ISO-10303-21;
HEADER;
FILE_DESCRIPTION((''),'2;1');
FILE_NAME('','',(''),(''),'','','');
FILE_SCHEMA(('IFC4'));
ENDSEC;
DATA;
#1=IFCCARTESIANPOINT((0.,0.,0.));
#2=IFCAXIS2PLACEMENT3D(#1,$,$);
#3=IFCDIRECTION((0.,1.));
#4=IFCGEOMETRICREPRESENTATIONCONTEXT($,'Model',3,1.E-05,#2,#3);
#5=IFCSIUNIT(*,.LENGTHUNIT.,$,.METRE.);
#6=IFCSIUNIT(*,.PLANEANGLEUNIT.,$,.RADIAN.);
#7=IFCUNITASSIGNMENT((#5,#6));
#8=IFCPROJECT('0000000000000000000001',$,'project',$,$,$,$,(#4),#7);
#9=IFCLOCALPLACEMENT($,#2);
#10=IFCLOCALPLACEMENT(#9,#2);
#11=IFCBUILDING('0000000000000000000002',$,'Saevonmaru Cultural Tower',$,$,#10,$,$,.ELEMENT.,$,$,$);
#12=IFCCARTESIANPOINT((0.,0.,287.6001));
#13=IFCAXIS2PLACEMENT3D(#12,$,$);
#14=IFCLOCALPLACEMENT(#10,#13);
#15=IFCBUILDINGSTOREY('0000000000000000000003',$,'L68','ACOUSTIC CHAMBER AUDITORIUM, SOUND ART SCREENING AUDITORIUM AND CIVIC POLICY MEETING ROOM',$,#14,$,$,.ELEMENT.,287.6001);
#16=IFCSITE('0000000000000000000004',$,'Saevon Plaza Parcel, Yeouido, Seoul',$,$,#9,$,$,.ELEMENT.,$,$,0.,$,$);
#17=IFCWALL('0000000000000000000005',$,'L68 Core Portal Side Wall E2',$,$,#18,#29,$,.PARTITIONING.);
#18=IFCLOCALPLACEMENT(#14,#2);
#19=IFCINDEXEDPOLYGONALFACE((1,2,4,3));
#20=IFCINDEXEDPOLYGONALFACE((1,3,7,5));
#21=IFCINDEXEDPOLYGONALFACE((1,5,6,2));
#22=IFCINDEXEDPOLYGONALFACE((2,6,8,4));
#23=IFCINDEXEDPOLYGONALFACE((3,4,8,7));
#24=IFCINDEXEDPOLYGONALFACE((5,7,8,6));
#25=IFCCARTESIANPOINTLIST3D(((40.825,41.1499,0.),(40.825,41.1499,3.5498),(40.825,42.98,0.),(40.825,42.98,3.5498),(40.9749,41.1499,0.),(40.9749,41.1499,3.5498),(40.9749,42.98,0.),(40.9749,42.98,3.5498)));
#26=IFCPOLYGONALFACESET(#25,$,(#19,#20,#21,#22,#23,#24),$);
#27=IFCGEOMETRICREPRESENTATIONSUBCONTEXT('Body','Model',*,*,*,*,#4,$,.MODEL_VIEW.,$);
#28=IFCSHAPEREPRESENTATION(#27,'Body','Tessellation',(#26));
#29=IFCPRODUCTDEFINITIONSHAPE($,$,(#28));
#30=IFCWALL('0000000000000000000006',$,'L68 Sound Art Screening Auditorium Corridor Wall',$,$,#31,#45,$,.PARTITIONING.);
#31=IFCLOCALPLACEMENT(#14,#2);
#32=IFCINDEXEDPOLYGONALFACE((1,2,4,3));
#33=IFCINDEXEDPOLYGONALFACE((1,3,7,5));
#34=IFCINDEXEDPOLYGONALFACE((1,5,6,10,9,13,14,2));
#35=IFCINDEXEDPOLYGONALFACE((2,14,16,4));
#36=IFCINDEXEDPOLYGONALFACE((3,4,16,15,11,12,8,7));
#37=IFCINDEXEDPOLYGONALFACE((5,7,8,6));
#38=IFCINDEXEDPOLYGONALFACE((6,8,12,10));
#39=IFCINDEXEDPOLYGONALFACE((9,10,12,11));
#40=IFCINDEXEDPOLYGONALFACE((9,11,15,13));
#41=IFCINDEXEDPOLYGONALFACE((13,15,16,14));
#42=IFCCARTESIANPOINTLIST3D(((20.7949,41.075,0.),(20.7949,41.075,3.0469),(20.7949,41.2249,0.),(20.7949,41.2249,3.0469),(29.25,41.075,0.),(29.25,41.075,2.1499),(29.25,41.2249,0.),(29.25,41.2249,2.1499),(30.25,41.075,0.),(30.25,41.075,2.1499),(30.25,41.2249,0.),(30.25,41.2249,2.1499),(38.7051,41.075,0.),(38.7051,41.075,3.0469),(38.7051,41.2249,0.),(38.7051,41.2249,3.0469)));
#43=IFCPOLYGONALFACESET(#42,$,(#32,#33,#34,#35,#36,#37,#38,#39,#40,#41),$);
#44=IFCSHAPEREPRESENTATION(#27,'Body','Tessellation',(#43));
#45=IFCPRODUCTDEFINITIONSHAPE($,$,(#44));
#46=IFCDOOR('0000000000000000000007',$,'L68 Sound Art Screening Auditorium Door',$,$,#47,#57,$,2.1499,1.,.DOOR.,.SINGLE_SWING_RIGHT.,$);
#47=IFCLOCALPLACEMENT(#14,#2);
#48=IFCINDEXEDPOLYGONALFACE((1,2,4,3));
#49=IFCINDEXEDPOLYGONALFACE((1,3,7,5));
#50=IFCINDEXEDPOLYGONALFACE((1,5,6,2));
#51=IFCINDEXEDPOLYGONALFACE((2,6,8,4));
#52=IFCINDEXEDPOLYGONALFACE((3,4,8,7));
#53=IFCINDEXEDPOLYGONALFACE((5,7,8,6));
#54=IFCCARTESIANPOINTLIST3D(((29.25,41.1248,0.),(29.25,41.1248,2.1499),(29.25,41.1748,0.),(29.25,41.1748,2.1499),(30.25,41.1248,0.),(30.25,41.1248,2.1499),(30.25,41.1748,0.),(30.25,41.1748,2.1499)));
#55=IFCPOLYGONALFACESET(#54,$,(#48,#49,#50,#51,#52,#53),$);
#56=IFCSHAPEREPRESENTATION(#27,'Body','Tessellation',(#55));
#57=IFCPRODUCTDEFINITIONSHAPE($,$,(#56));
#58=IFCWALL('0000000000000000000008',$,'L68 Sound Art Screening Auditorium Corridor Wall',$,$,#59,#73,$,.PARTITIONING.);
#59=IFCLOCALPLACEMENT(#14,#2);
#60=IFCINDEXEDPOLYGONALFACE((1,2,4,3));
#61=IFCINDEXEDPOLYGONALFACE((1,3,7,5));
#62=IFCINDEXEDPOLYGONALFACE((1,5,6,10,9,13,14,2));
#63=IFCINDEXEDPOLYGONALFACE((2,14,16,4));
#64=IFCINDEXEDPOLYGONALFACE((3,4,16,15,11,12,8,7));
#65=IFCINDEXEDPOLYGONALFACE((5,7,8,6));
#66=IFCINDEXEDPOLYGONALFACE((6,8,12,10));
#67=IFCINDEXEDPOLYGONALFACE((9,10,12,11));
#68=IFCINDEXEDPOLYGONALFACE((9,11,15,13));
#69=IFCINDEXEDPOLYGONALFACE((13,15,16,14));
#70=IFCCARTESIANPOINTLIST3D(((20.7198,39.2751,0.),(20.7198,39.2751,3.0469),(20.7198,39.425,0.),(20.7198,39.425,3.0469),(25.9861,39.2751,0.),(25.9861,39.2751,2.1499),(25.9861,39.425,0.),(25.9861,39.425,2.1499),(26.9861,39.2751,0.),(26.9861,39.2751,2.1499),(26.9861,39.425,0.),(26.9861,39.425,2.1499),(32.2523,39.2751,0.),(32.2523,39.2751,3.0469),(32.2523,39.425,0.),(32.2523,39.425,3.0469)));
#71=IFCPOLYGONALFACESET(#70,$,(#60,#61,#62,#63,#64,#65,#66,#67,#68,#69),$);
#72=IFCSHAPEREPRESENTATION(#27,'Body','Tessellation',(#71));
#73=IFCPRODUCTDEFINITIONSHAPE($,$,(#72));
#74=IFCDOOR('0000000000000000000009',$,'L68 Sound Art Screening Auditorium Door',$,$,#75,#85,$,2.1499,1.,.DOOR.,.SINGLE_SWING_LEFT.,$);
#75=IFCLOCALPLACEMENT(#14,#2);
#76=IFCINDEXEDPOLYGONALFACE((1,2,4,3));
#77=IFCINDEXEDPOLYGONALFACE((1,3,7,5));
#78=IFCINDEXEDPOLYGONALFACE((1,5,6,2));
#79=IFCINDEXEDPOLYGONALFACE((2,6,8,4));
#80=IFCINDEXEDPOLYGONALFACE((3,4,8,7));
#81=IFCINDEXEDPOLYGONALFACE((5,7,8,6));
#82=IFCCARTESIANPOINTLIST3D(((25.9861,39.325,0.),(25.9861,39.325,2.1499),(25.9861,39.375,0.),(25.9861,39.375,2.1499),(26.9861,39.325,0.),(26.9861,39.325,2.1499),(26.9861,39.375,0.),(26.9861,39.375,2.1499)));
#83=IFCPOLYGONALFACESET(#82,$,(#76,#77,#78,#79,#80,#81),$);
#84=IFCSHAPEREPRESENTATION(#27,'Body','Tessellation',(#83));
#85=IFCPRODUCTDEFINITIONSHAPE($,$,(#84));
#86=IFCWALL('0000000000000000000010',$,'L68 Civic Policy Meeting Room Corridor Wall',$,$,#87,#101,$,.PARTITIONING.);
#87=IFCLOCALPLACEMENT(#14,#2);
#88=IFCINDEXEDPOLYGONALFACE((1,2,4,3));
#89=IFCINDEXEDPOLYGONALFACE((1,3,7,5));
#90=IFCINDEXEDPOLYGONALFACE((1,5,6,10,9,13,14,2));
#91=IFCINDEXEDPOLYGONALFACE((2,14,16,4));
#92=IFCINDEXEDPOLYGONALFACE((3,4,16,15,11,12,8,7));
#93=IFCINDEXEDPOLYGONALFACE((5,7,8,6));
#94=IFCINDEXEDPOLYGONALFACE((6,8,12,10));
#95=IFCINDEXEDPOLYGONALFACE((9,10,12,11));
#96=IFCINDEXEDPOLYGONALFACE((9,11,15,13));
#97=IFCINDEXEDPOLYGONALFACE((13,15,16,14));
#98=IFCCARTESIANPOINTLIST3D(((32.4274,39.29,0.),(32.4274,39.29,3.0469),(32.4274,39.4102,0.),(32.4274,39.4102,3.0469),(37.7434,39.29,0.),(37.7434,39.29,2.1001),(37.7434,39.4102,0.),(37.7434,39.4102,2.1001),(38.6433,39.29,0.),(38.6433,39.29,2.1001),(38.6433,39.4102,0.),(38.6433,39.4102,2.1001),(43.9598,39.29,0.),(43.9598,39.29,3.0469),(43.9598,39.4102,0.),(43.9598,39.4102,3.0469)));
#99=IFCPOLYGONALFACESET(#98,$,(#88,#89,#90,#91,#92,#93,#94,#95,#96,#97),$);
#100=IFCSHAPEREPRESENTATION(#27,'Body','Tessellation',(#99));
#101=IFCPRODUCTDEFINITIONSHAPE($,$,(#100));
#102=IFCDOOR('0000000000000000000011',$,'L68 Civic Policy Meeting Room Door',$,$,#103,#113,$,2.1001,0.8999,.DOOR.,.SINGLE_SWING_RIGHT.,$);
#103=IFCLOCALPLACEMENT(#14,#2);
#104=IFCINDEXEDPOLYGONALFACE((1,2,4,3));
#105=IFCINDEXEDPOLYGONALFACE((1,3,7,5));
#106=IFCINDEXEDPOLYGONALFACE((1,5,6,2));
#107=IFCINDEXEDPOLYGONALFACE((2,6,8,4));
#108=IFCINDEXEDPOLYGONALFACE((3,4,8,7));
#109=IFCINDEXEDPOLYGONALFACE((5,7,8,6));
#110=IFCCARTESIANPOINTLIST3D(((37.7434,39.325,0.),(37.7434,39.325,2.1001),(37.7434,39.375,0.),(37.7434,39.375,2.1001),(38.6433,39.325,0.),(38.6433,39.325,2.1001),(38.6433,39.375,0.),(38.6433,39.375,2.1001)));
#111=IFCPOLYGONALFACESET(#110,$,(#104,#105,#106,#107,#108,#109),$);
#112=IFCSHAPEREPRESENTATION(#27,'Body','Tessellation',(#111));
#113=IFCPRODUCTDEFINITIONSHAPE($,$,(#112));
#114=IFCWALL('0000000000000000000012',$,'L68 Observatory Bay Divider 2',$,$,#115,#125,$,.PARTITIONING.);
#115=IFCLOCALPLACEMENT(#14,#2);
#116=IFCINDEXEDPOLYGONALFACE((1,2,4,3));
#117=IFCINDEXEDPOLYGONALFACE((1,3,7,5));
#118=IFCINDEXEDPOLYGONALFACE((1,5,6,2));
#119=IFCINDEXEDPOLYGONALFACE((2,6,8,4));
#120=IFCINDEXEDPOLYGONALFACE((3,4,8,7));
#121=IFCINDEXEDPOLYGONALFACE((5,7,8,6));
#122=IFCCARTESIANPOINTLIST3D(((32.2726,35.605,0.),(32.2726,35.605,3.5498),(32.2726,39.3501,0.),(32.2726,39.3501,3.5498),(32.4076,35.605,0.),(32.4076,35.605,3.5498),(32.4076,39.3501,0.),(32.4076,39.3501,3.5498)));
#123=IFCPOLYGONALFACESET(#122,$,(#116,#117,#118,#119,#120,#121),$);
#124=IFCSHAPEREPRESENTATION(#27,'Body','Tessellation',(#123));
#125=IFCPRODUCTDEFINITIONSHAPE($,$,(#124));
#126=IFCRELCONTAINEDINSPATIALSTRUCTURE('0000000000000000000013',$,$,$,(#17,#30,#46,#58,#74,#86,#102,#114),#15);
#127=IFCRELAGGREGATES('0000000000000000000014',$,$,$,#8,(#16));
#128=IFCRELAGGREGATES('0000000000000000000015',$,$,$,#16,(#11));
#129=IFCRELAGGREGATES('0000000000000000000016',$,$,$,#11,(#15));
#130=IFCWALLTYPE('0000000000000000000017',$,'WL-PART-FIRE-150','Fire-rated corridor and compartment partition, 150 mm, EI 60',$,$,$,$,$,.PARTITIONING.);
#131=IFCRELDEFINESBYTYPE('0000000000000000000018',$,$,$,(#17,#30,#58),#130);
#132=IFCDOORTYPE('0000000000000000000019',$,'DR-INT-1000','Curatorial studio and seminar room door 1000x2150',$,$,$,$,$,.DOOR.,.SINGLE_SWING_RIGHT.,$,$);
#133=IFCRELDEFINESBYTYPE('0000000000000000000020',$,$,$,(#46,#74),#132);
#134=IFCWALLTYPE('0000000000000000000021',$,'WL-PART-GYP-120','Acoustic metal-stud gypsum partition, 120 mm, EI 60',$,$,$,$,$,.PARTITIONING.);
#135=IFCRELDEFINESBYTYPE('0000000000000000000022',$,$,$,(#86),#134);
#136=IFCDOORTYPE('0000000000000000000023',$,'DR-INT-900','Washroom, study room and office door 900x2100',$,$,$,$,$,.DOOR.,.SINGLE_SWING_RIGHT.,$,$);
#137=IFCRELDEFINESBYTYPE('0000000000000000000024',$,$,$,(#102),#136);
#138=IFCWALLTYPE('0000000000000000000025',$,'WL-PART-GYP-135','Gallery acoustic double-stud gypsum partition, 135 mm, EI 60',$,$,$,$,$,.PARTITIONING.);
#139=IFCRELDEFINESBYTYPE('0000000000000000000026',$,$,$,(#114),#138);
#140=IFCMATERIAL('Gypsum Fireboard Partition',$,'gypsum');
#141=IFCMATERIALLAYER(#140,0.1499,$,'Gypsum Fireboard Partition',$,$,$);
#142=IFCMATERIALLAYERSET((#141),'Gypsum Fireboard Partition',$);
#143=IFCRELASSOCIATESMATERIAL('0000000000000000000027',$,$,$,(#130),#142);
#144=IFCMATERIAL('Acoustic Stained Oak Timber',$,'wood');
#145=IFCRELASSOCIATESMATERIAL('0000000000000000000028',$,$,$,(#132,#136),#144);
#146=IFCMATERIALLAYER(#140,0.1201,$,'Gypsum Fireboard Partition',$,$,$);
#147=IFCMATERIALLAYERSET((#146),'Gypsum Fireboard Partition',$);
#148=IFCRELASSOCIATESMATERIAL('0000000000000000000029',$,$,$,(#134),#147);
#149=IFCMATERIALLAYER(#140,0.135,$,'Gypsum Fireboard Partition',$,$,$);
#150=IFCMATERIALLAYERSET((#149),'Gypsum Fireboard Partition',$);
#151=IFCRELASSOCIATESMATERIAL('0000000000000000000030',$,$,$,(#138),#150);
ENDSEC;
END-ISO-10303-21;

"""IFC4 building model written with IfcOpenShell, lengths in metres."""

from ifc_helpers import new_model, si_unit, direction, frame, frame_2d, origin, place, context, subcontext, project, spatial, rectangle, extrude, material, layer, layer_set, type_object, element, fill, save


model = new_model("IFC4")

# Units and contexts
model_context = context("Model", 3, precision=1e-05, world=origin(), true_north=direction((0.0, 1.0)))
body_context = subcontext(model_context, "Body", "Model", "MODEL_VIEW")
ifc_project = project(units=[si_unit("LENGTHUNIT", "METRE"), si_unit("PLANEANGLEUNIT", "RADIAN")], contexts=[model_context])

# Site, building, storey
site_placement = place(None, origin())
site = spatial("IfcSite", under=ifc_project, at=site_placement, Name="Saevon Plaza Parcel, Yeouido, Seoul", CompositionType="ELEMENT", RefElevation=0.0)
building_placement = place(site_placement, origin())
building = spatial("IfcBuilding", under=site, at=building_placement, Name="Saevonmaru Cultural Tower", CompositionType="ELEMENT")
storey_placement = place(building_placement, frame((0.0, 0.0, 287.6001)))
storey = spatial("IfcBuildingStorey", under=building, at=storey_placement, Name="L68", Description="ACOUSTIC CHAMBER AUDITORIUM, SOUND ART SCREENING AUDITORIUM AND CIVIC POLICY MEETING ROOM", CompositionType="ELEMENT", Elevation=287.6001)

# Wall
ifc_material_1 = material(Name="Gypsum Fireboard Partition", Category="gypsum")
ifc_layer_1 = layer(ifc_material_1, 0.1499, Name="Gypsum Fireboard Partition")
ifc_layer_set_1 = layer_set([ifc_layer_1], Name="Gypsum Fireboard Partition")
wall_type_1 = type_object("IfcWallType", Name="WL-PART-FIRE-150", Description="Fire-rated corridor and compartment partition, 150 mm, EI 60", PredefinedType="PARTITIONING", material=ifc_layer_set_1)
for number, where, z_axis, x_axis, name in (
    (1, (40.8999, 41.1499, 0.0), (0.0, 0.0, 1.0), (0.0, 1.0, 0.0), "L68 Core Portal Side Wall E2"),
):
    element("IfcWall", number, at=place(storey_placement, frame(where, z_axis=z_axis, x_axis=x_axis)), inside=storey, type_object=wall_type_1, Name=name, PredefinedType="PARTITIONING", context=body_context, shape_type="SweptSolid", body=[
        extrude(rectangle(XDim=1.8301, YDim=0.1499, at=frame_2d((0.915, 0.0))), origin(), (0.0, 0.0, 1.0), 3.5498),
    ])

# Walls, openings, doors
wall_1_placement = place(storey_placement, frame((20.7949, 41.1499, 0.0), z_axis=(0.0, 0.0, 1.0), x_axis=(1.0, 0.0, 0.0)))
wall_1 = element("IfcWall", 2, at=wall_1_placement, inside=storey, type_object=wall_type_1, Name="L68 Sound Art Screening Auditorium Corridor Wall", PredefinedType="PARTITIONING", context=body_context, shape_type="SweptSolid", body=[
    extrude(rectangle(XDim=17.9102, YDim=0.1499, at=frame_2d((8.9551, 0.0))), origin(), (0.0, 0.0, 1.0), 3.0469),
])
opening_1_placement = place(wall_1_placement, frame((8.4551, 0.0, 0.0)))
opening_1 = element("IfcOpeningElement", 3, at=opening_1_placement, cuts=wall_1, PredefinedType="OPENING", context=body_context, shape_type="SweptSolid", body=[
    extrude(rectangle(XDim=1.0, YDim=2.1499, at=frame_2d((0.5, 1.075))), frame((0.0, 0.085, 0.0), z_axis=(0.0, -1.0, 0.0), x_axis=(1.0, 0.0, 0.0)), (0.0, 0.0, 1.0), 0.1699),
])
ifc_material_2 = material(Name="Acoustic Stained Oak Timber", Category="wood")
door_type_1 = type_object("IfcDoorType", Name="DR-INT-1000", Description="Curatorial studio and seminar room door 1000x2150", OperationType="SINGLE_SWING_RIGHT", PredefinedType="DOOR", material=ifc_material_2)
door_1_placement = place(opening_1_placement, origin())
door_1 = element("IfcDoor", 4, at=door_1_placement, inside=storey, type_object=door_type_1, Name="L68 Sound Art Screening Auditorium Door", OperationType="SINGLE_SWING_RIGHT", OverallHeight=2.1499, OverallWidth=1.0, PredefinedType="DOOR", context=body_context, shape_type="SweptSolid", body=[
    extrude(rectangle(XDim=1.0, YDim=2.1499, at=frame_2d((0.5, 1.075))), frame((0.0, 0.0249, 0.0), z_axis=(0.0, -1.0, 0.0), x_axis=(1.0, 0.0, 0.0)), (0.0, 0.0, 1.0), 0.05),
])
fill(opening_1, door_1)
wall_2_placement = place(storey_placement, frame((20.72, 39.3501, 0.0), z_axis=(0.0, 0.0, 1.0), x_axis=(1.0, 0.0, 0.0)))
wall_2 = element("IfcWall", 5, at=wall_2_placement, inside=storey, type_object=wall_type_1, Name="L68 Sound Art Screening Auditorium Corridor Wall", PredefinedType="PARTITIONING", context=body_context, shape_type="SweptSolid", body=[
    extrude(rectangle(XDim=11.5325, YDim=0.1499, at=frame_2d((5.7661, 0.0))), origin(), (0.0, 0.0, 1.0), 3.0469),
])
opening_2_placement = place(wall_2_placement, frame((5.2661, 0.0, 0.0)))
opening_2 = element("IfcOpeningElement", 6, at=opening_2_placement, cuts=wall_2, PredefinedType="OPENING", context=body_context, shape_type="SweptSolid", body=[
    extrude(rectangle(XDim=1.0, YDim=2.1499, at=frame_2d((0.5, 1.075))), frame((0.0, 0.085, 0.0), z_axis=(0.0, -1.0, 0.0), x_axis=(1.0, 0.0, 0.0)), (0.0, 0.0, 1.0), 0.1699),
])
door_2_placement = place(opening_2_placement, origin())
door_2 = element("IfcDoor", 7, at=door_2_placement, inside=storey, type_object=door_type_1, Name="L68 Sound Art Screening Auditorium Door", OperationType="SINGLE_SWING_LEFT", OverallHeight=2.1499, OverallWidth=1.0, PredefinedType="DOOR", context=body_context, shape_type="SweptSolid", body=[
    extrude(rectangle(XDim=1.0, YDim=2.1499, at=frame_2d((0.5, 1.075))), frame((0.0, 0.0249, 0.0), z_axis=(0.0, -1.0, 0.0), x_axis=(1.0, 0.0, 0.0)), (0.0, 0.0, 1.0), 0.05),
])
fill(opening_2, door_2)
ifc_layer_2 = layer(ifc_material_1, 0.1201, Name="Gypsum Fireboard Partition")
ifc_layer_set_2 = layer_set([ifc_layer_2], Name="Gypsum Fireboard Partition")
wall_type_2 = type_object("IfcWallType", Name="WL-PART-GYP-120", Description="Acoustic metal-stud gypsum partition, 120 mm, EI 60", PredefinedType="PARTITIONING", material=ifc_layer_set_2)
wall_3_placement = place(storey_placement, frame((32.4275, 39.3501, 0.0), z_axis=(0.0, 0.0, 1.0), x_axis=(1.0, 0.0, 0.0)))
wall_3 = element("IfcWall", 8, at=wall_3_placement, inside=storey, type_object=wall_type_2, Name="L68 Civic Policy Meeting Room Corridor Wall", PredefinedType="PARTITIONING", context=body_context, shape_type="SweptSolid", body=[
    extrude(rectangle(XDim=11.5325, YDim=0.1201, at=frame_2d((5.7661, 0.0))), origin(), (0.0, 0.0, 1.0), 3.0469),
])
opening_3_placement = place(wall_3_placement, frame((5.3159, 0.0, 0.0)))
opening_3 = element("IfcOpeningElement", 9, at=opening_3_placement, cuts=wall_3, PredefinedType="OPENING", context=body_context, shape_type="SweptSolid", body=[
    extrude(rectangle(XDim=0.8999, YDim=2.1001, at=frame_2d((0.45, 1.05))), frame((0.0, 0.0701, 0.0), z_axis=(0.0, -1.0, 0.0), x_axis=(1.0, 0.0, 0.0)), (0.0, 0.0, 1.0), 0.1401),
])
door_type_2 = type_object("IfcDoorType", Name="DR-INT-900", Description="Washroom, study room and office door 900x2100", OperationType="SINGLE_SWING_RIGHT", PredefinedType="DOOR", material=ifc_material_2)
door_3_placement = place(opening_3_placement, origin())
door_3 = element("IfcDoor", 10, at=door_3_placement, inside=storey, type_object=door_type_2, Name="L68 Civic Policy Meeting Room Door", OperationType="SINGLE_SWING_RIGHT", OverallHeight=2.1001, OverallWidth=0.8999, PredefinedType="DOOR", context=body_context, shape_type="SweptSolid", body=[
    extrude(rectangle(XDim=0.8999, YDim=2.1001, at=frame_2d((0.45, 1.05))), frame((0.0, 0.0249, 0.0), z_axis=(0.0, -1.0, 0.0), x_axis=(1.0, 0.0, 0.0)), (0.0, 0.0, 1.0), 0.05),
])
fill(opening_3, door_3)

# Wall
ifc_layer_3 = layer(ifc_material_1, 0.135, Name="Gypsum Fireboard Partition")
ifc_layer_set_3 = layer_set([ifc_layer_3], Name="Gypsum Fireboard Partition")
wall_type_3 = type_object("IfcWallType", Name="WL-PART-GYP-135", Description="Gallery acoustic double-stud gypsum partition, 135 mm, EI 60", PredefinedType="PARTITIONING", material=ifc_layer_set_3)
wall_4_placement = place(storey_placement, frame((32.3401, 35.605, 0.0), z_axis=(0.0, 0.0, 1.0), x_axis=(0.0, 1.0, 0.0)))
element("IfcWall", 11, at=wall_4_placement, inside=storey, type_object=wall_type_3, Name="L68 Observatory Bay Divider 2", PredefinedType="PARTITIONING", context=body_context, shape_type="SweptSolid", body=[
    extrude(rectangle(XDim=3.7451, YDim=0.135, at=frame_2d((1.8726, 0.0))), origin(), (0.0, 0.0, 1.0), 3.5498),
])

save(model, "model.ifc")
